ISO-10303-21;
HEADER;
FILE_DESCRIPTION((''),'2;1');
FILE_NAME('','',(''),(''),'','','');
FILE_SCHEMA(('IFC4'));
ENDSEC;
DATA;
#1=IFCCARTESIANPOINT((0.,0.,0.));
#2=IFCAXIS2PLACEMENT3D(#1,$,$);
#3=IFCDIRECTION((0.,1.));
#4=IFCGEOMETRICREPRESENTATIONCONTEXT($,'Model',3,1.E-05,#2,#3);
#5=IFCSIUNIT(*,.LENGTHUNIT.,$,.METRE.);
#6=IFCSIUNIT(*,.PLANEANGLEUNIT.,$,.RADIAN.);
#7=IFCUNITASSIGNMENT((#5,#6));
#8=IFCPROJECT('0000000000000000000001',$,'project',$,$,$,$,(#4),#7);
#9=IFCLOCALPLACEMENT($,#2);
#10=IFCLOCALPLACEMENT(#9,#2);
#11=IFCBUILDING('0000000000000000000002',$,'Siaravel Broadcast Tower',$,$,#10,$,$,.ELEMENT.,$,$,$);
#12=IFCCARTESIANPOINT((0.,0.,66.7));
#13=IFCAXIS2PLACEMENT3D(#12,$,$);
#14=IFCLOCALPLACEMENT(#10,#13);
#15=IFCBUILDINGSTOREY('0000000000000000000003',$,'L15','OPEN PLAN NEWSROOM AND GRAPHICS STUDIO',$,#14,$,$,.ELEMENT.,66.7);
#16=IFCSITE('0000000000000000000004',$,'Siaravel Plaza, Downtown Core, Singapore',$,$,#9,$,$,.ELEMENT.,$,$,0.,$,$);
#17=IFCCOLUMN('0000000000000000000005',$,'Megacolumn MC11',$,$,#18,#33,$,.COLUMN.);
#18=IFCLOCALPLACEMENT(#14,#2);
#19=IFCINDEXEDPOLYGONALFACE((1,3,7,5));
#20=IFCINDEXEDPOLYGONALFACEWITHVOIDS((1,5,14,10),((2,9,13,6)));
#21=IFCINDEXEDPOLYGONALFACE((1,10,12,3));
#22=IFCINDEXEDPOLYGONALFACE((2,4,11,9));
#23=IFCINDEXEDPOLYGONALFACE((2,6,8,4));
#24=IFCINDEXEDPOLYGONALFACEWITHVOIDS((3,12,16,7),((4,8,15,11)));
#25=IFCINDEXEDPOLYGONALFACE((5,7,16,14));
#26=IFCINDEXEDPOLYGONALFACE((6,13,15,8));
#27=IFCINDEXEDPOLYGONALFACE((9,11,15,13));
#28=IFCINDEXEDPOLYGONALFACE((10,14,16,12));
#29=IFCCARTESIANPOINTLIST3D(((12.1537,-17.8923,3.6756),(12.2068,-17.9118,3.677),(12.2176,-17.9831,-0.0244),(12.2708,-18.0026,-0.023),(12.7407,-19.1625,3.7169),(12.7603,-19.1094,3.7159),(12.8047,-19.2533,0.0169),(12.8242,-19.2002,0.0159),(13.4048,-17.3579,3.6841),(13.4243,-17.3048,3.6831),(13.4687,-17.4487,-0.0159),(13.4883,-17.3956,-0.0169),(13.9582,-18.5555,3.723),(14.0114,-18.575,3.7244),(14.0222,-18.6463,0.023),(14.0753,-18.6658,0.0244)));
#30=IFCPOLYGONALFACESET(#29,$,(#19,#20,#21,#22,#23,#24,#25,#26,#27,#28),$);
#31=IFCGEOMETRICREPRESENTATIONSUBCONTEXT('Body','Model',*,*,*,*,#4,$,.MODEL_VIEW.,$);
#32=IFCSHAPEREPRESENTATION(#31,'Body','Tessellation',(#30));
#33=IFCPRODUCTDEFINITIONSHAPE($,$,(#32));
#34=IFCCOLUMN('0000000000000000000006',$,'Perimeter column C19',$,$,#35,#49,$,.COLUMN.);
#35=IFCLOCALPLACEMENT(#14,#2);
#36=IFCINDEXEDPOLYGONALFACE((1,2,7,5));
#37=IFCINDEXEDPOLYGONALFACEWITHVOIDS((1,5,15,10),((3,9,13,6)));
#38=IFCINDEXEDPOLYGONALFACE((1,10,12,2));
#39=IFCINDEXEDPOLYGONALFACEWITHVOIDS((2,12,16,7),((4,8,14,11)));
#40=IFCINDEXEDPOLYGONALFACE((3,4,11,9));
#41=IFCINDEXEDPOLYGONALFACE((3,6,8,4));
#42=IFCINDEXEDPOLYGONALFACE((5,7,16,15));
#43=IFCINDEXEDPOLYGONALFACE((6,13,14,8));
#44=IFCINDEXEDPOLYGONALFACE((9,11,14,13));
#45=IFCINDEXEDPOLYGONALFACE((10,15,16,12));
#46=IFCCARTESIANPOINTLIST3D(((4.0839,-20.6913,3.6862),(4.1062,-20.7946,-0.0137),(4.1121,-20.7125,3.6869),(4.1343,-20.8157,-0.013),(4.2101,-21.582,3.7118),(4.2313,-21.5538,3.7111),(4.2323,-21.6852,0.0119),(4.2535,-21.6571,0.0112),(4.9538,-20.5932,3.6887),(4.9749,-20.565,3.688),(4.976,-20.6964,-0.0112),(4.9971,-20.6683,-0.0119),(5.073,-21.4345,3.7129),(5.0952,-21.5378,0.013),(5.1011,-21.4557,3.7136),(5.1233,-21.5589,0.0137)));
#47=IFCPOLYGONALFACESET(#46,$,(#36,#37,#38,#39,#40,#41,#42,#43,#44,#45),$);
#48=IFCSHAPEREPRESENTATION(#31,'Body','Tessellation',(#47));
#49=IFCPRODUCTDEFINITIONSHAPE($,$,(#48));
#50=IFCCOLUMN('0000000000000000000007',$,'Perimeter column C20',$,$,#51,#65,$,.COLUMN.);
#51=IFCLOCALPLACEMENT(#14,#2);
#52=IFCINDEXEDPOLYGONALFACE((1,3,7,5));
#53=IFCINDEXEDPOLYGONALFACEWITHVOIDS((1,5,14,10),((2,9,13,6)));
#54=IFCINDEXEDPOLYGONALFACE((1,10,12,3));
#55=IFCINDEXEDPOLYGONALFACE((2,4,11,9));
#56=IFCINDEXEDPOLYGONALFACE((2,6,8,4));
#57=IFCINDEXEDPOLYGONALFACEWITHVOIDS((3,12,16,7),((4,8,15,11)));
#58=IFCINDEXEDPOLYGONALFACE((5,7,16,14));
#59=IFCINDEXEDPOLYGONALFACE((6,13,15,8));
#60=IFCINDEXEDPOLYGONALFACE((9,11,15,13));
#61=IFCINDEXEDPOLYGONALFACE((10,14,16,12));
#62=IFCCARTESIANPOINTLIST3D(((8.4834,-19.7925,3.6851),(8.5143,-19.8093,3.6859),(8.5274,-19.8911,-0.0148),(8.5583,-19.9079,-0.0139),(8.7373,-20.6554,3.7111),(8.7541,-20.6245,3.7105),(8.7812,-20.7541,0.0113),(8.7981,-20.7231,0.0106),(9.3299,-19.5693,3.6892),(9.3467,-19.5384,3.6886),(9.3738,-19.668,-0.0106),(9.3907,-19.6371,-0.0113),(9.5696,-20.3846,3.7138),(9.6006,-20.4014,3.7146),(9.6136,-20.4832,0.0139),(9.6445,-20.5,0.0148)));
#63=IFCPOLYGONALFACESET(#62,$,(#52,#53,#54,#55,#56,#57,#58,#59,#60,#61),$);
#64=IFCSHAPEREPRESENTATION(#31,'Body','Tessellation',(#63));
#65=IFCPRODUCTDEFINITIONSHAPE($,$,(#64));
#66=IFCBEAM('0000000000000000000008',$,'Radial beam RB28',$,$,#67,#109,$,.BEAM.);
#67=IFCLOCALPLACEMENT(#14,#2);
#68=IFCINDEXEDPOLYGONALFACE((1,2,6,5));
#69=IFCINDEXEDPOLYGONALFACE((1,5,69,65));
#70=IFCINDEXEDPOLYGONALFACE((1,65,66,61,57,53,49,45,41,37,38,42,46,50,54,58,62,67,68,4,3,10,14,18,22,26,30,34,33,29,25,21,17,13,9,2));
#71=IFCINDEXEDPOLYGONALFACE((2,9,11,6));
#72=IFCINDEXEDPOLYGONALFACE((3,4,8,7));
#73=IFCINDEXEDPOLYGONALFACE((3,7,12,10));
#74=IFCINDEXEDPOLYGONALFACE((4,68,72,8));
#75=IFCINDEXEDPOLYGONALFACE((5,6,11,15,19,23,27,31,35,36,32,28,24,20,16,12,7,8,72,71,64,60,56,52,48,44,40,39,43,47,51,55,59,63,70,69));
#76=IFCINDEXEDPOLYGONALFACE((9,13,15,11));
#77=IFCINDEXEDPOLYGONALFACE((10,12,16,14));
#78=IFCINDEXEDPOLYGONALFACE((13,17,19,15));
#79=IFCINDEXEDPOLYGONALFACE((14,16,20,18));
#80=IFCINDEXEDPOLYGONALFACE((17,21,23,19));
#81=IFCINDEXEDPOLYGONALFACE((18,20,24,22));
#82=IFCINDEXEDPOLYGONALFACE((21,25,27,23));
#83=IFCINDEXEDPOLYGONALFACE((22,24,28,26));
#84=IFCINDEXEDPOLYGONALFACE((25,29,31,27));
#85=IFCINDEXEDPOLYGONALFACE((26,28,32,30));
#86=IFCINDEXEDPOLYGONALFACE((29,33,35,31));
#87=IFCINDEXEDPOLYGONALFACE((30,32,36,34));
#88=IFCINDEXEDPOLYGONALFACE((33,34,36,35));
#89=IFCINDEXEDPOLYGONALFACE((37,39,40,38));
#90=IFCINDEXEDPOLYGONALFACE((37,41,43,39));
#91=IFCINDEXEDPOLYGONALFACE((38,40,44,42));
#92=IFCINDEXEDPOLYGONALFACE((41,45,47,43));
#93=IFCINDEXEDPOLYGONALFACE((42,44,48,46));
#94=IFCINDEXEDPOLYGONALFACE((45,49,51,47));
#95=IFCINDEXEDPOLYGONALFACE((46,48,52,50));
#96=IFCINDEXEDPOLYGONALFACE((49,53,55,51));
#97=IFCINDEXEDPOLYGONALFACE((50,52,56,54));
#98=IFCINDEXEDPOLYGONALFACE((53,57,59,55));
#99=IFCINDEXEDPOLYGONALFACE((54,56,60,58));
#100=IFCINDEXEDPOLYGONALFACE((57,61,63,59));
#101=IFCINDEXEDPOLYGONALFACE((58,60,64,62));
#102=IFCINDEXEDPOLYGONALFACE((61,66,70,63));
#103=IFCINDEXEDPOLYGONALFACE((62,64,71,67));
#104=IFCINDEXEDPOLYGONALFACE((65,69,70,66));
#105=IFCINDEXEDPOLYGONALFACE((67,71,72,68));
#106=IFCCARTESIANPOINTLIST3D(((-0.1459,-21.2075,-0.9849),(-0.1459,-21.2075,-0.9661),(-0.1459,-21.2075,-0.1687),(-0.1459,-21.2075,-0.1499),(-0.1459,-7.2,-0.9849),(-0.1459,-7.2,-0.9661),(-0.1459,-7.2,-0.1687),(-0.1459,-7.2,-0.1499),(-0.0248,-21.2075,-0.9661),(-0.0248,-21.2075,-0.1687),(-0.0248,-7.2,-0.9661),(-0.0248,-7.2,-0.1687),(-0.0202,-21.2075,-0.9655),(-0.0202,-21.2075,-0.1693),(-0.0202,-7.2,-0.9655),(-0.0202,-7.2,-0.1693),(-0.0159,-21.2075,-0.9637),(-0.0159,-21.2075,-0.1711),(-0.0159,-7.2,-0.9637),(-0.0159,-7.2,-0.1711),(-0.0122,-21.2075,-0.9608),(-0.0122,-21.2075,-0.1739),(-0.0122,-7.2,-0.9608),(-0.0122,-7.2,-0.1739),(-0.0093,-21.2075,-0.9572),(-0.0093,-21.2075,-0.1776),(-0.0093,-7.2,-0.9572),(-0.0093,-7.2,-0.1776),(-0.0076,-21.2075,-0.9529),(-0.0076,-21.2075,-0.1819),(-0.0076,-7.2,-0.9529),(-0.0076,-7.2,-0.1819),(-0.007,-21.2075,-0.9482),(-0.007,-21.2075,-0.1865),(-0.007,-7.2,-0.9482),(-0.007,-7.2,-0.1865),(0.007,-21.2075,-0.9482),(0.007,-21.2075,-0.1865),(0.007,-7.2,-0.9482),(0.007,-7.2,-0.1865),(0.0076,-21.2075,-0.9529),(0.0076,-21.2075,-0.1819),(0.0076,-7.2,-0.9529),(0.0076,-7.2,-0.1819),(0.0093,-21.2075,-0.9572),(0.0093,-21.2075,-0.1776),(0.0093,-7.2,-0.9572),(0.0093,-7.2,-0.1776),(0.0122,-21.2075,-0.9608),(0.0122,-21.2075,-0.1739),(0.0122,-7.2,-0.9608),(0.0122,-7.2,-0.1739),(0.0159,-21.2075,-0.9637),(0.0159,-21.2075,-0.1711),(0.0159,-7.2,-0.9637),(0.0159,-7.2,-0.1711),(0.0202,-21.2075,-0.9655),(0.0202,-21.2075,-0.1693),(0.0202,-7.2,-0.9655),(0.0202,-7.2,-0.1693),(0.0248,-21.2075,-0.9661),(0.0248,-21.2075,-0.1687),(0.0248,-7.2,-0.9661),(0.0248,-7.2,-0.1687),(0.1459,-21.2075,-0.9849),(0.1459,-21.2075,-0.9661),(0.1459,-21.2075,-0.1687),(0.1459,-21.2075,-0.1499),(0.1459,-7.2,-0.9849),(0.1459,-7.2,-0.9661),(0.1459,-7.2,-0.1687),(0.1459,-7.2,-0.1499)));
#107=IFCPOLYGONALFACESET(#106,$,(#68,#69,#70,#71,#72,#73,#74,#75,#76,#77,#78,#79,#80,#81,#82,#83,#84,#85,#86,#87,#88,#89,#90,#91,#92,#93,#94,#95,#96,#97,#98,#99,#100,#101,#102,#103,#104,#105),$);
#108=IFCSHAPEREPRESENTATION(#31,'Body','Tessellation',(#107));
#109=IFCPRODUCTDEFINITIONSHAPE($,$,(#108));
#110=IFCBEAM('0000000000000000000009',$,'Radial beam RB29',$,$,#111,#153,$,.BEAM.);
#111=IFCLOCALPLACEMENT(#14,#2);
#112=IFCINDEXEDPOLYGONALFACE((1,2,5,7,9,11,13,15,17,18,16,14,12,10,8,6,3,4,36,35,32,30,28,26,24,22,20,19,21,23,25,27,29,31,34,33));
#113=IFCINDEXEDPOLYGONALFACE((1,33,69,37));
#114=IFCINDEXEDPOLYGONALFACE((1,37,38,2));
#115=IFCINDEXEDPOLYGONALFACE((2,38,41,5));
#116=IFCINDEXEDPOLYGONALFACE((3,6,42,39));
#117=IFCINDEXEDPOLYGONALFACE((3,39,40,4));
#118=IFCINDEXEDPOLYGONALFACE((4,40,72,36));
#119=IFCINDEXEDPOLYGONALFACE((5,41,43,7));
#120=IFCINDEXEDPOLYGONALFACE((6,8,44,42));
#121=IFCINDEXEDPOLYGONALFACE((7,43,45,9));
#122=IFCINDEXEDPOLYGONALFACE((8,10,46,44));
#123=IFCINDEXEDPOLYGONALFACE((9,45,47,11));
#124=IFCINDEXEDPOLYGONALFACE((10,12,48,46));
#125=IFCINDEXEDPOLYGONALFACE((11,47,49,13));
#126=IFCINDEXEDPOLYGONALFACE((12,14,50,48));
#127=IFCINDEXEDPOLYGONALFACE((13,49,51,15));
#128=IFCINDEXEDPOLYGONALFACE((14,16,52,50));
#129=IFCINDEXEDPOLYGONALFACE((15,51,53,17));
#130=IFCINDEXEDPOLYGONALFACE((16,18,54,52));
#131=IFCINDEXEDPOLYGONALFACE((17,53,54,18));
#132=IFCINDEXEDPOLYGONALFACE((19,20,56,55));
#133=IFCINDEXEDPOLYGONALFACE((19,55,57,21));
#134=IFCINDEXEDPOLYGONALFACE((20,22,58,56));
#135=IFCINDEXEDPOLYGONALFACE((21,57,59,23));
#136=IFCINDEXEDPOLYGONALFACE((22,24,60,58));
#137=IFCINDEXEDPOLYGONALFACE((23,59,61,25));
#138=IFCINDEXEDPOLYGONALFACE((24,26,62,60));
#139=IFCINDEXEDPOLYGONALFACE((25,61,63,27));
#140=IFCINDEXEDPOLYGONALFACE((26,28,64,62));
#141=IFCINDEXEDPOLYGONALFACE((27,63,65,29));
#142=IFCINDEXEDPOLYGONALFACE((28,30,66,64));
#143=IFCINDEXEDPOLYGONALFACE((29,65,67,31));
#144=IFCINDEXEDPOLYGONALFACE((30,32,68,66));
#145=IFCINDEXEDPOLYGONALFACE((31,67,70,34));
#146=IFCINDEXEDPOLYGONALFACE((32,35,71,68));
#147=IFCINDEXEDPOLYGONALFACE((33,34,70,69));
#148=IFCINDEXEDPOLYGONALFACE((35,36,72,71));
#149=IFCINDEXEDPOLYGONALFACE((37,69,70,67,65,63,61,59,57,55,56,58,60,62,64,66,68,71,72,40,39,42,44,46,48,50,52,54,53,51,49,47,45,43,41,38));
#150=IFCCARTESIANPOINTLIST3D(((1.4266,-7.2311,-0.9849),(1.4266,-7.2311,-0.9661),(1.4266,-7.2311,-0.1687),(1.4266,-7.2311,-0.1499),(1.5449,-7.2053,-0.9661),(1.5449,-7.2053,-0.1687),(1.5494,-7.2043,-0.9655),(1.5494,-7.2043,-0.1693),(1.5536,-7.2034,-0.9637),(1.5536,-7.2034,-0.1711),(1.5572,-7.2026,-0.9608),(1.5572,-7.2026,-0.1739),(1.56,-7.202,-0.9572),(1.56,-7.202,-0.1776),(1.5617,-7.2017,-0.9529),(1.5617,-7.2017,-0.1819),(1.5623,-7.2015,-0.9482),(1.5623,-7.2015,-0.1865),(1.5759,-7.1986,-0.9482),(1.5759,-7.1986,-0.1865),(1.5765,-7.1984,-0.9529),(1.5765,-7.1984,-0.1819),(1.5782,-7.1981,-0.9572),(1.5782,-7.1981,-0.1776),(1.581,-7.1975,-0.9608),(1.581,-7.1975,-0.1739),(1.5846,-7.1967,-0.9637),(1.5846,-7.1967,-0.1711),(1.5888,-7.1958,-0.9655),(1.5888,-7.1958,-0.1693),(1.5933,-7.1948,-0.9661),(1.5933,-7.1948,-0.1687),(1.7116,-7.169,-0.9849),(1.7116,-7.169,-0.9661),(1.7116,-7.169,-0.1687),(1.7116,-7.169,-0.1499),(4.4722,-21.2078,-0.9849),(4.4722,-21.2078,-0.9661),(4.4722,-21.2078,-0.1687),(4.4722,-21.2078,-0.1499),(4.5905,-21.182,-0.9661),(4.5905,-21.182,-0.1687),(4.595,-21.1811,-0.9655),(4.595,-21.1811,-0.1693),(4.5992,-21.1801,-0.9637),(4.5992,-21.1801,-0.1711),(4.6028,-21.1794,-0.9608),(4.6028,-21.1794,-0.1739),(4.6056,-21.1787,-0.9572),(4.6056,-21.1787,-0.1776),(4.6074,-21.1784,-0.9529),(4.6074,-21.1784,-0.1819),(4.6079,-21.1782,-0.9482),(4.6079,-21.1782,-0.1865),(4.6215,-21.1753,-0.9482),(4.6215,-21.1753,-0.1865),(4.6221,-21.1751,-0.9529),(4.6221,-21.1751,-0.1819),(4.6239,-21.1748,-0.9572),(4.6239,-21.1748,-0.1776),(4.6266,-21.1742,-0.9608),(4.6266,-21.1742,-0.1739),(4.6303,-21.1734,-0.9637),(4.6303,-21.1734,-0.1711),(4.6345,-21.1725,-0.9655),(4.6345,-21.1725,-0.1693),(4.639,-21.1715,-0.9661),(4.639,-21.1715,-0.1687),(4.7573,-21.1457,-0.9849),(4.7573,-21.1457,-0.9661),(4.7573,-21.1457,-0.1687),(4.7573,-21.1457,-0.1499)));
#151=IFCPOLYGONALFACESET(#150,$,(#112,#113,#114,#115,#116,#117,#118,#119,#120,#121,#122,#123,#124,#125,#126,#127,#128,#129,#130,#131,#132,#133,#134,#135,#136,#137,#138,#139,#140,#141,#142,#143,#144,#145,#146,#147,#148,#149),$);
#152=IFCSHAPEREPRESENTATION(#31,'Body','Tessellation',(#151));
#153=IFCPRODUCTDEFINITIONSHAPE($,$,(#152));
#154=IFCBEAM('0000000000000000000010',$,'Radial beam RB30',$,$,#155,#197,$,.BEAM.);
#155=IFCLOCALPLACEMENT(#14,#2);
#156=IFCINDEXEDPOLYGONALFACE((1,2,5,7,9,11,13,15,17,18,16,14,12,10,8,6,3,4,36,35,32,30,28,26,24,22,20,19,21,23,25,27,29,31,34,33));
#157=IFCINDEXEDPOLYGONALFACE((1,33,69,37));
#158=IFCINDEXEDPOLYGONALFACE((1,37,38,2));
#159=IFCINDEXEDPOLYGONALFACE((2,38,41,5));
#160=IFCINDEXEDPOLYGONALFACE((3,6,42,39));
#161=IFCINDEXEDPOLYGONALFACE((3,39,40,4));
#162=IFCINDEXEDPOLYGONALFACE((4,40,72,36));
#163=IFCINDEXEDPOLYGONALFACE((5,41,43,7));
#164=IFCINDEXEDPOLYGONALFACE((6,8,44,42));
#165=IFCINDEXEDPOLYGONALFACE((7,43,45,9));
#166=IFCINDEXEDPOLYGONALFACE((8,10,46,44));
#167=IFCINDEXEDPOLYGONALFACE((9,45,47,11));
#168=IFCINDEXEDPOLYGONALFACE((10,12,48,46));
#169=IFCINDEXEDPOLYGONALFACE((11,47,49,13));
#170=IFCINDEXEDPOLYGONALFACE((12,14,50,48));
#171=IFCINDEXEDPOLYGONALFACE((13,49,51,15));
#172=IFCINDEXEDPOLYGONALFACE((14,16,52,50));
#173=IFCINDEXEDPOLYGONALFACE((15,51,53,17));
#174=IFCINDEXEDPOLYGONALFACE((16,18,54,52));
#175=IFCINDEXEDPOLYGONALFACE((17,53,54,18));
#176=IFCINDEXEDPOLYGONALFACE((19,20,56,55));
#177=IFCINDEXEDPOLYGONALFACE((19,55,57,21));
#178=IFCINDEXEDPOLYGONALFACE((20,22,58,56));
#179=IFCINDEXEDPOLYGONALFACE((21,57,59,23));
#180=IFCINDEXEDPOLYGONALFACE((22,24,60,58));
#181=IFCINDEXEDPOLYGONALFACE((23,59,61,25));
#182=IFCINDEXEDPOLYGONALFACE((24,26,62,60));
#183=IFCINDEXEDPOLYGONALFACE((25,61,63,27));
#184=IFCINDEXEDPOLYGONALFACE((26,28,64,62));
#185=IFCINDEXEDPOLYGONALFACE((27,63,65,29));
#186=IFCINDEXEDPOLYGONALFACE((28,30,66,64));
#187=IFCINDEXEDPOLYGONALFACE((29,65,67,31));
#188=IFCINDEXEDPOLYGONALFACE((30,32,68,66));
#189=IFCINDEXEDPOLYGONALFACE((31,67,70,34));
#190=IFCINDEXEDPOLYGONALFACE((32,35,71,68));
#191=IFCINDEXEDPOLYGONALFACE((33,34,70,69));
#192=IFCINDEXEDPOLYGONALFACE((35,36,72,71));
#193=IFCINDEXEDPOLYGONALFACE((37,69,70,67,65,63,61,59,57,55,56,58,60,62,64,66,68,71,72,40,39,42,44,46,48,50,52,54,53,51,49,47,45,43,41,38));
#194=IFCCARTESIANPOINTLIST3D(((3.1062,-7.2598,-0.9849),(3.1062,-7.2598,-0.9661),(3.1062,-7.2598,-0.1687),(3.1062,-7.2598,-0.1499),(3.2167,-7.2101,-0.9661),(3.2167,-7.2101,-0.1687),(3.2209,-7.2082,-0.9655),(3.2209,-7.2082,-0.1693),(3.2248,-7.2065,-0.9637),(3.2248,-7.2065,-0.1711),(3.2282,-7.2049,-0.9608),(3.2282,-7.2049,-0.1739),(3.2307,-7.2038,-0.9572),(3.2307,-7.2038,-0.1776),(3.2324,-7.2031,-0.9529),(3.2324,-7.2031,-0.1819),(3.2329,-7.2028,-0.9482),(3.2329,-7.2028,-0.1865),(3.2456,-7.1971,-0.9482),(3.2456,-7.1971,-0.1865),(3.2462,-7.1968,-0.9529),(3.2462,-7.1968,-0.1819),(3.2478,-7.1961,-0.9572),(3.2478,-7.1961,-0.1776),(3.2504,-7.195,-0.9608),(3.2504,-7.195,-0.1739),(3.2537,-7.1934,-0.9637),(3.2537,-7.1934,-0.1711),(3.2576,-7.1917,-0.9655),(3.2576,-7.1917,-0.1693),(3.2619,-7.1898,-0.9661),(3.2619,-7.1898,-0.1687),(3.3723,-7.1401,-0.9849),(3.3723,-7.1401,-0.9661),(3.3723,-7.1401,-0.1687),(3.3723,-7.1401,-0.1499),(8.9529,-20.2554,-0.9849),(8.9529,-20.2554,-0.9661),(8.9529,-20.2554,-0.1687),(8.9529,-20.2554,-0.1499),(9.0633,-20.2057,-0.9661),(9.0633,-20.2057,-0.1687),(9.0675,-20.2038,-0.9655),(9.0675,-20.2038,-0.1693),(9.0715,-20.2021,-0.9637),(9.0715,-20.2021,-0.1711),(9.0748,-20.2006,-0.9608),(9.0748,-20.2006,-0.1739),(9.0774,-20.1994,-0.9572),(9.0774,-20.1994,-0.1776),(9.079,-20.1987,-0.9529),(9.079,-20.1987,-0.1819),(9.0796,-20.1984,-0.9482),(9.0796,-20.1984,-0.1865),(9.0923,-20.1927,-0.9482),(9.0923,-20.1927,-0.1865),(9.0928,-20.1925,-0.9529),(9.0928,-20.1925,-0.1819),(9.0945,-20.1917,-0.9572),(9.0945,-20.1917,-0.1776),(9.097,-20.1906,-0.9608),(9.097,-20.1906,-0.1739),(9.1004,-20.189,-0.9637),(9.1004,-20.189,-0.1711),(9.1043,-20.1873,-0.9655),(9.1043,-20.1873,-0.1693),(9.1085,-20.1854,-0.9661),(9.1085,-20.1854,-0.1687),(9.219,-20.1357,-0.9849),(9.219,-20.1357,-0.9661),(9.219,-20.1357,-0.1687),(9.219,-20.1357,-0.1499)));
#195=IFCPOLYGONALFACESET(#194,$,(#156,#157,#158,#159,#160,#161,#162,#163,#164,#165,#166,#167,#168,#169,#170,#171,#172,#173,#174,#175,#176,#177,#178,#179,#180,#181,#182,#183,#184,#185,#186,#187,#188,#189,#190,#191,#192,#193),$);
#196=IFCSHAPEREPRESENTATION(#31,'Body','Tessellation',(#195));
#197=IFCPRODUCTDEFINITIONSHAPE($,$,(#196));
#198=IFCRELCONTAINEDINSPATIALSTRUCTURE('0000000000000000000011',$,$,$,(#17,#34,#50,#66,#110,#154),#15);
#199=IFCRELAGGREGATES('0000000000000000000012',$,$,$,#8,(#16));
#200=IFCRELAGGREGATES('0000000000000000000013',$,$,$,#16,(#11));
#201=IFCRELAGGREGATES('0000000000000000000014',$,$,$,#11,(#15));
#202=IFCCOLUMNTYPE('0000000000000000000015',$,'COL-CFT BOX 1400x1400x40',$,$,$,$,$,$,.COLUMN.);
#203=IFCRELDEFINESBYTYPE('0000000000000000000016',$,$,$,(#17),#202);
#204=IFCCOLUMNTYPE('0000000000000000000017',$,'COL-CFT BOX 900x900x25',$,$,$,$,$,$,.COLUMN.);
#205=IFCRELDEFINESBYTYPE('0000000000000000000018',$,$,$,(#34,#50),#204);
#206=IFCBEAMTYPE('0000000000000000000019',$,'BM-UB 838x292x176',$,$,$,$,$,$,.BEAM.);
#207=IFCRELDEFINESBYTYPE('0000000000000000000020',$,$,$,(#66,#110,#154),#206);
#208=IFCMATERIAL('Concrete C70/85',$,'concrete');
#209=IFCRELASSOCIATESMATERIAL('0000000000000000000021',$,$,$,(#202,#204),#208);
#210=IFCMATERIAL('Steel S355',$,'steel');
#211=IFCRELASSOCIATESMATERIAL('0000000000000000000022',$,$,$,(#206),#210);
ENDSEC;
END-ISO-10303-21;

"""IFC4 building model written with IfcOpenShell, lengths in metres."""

from ifc_helpers import new_model, si_unit, direction, frame, origin, origin_2d, place, context, subcontext, project, spatial, hollow_rectangle, i_section, extrude, material, material_profile, profile_set, type_object, element, save


model = new_model("IFC4")

# Units and contexts
model_context = context("Model", 3, precision=1e-05, world=origin(), true_north=direction((0.0, 1.0)))
body_context = subcontext(model_context, "Body", "Model", "MODEL_VIEW")
ifc_project = project(units=[si_unit("LENGTHUNIT", "METRE"), si_unit("PLANEANGLEUNIT", "RADIAN")], contexts=[model_context])

# Site, building, storey
site_placement = place(None, origin())
site = spatial("IfcSite", under=ifc_project, at=site_placement, Name="Siaravel Plaza, Downtown Core, Singapore", CompositionType="ELEMENT", RefElevation=0.0)
building_placement = place(site_placement, origin())
building = spatial("IfcBuilding", under=site, at=building_placement, Name="Siaravel Broadcast Tower", CompositionType="ELEMENT")
storey_placement = place(building_placement, frame((0.0, 0.0, 66.7)))
storey = spatial("IfcBuildingStorey", under=building, at=storey_placement, Name="L15", Description="OPEN PLAN NEWSROOM AND GRAPHICS STUDIO", CompositionType="ELEMENT", Elevation=66.7)

# Columns
ifc_material_1 = material(Name="Concrete C70/85", Category="concrete")
ifc_material_profile_1 = material_profile(ifc_material_1, hollow_rectangle(XDim=1.3999, YDim=1.3999, WallThickness=0.04, at=origin_2d()))
ifc_profile_set_1 = profile_set([ifc_material_profile_1], Name="Concrete C70/85")
column_type_1 = type_object("IfcColumnType", Name="COL-CFT BOX 1400x1400x40", PredefinedType="COLUMN", material=ifc_profile_set_1)
column_placement = place(storey_placement, frame((13.1465, -18.3245, 0.0), z_axis=(-0.01728, 0.024535, 0.99955), x_axis=(-0.907657, -0.419678, -0.00539)))
element("IfcColumn", 1, at=column_placement, inside=storey, type_object=column_type_1, Name="Megacolumn MC11", PredefinedType="COLUMN", context=body_context, shape_type="SweptSolid", body=[
    extrude(hollow_rectangle(XDim=1.3999, YDim=1.3999, WallThickness=0.04, at=origin_2d()), origin(), (0.0, 0.0, 1.0), 3.7017),
])
ifc_material_profile_2 = material_profile(ifc_material_1, hollow_rectangle(XDim=0.8999, YDim=0.8999, WallThickness=0.0249, at=origin_2d()))
ifc_profile_set_2 = profile_set([ifc_material_profile_2], Name="Concrete C70/85")
column_type_2 = type_object("IfcColumnType", Name="COL-CFT BOX 900x900x25", PredefinedType="COLUMN", material=ifc_profile_set_2)
for number, where, z_axis, x_axis, name in (
    (2, (4.6147, -21.1768, 0.0), (-0.006002, 0.0279, 0.999593), (-0.990101, -0.140342, -0.002028), "Perimeter column C19"),
    (3, (9.0859, -20.1956, 0.0), (-0.011872, 0.026647, 0.999574), (-0.959325, -0.282278, -0.003869), "Perimeter column C20"),
):
    element("IfcColumn", number, at=place(storey_placement, frame(where, z_axis=z_axis, x_axis=x_axis)), inside=storey, type_object=column_type_2, Name=name, PredefinedType="COLUMN", context=body_context, shape_type="SweptSolid", body=[
        extrude(hollow_rectangle(XDim=0.8999, YDim=0.8999, WallThickness=0.0249, at=origin_2d()), origin(), (0.0, 0.0, 1.0), 3.7014),
    ])

# Beams
ifc_material_2 = material(Name="Steel S355", Category="steel")
ifc_material_profile_3 = material_profile(ifc_material_2, i_section(OverallWidth=0.2917, OverallDepth=0.835, WebThickness=0.0139, FlangeThickness=0.0188, FilletRadius=0.0178, at=origin_2d()))
ifc_profile_set_3 = profile_set([ifc_material_profile_3], Name="Steel S355")
beam_type = type_object("IfcBeamType", Name="BM-UB 838x292x176", PredefinedType="BEAM", material=ifc_profile_set_3)
beam_1_placement = place(storey_placement, frame((0.0, -21.2075, -0.5674), z_axis=(0.0, 1.0, 0.0), x_axis=(-1.0, 0.0, 0.0)))
element("IfcBeam", 4, at=beam_1_placement, inside=storey, type_object=beam_type, Name="Radial beam RB28", PredefinedType="BEAM", context=body_context, shape_type="SweptSolid", body=[
    extrude(i_section(OverallWidth=0.2917, OverallDepth=0.835, WebThickness=0.0139, FlangeThickness=0.0188, FilletRadius=0.0178, at=origin_2d()), origin(), (0.0, 0.0, 1.0), 14.0076),
])
beam_2_placement = place(storey_placement, frame((4.6147, -21.1768, -0.5674), z_axis=(-0.212911, 0.977072, 0.0), x_axis=(-0.977072, -0.212911, 0.0)))
element("IfcBeam", 5, at=beam_2_placement, inside=storey, type_object=beam_type, Name="Radial beam RB29", PredefinedType="BEAM", context=body_context, shape_type="SweptSolid", body=[
    extrude(i_section(OverallWidth=0.2917, OverallDepth=0.835, WebThickness=0.0139, FlangeThickness=0.0188, FilletRadius=0.0178, at=origin_2d()), origin(), (0.0, 0.0, 1.0), 14.3047),
])
beam_3_placement = place(storey_placement, frame((9.0859, -20.1956, -0.5674), z_axis=(-0.410286, 0.911957, 0.0), x_axis=(-0.911957, -0.410286, 0.0)))
element("IfcBeam", 6, at=beam_3_placement, inside=storey, type_object=beam_type, Name="Radial beam RB30", PredefinedType="BEAM", context=body_context, shape_type="SweptSolid", body=[
    extrude(i_section(OverallWidth=0.2917, OverallDepth=0.835, WebThickness=0.0139, FlangeThickness=0.0188, FilletRadius=0.0178, at=origin_2d()), origin(), (0.0, 0.0, 1.0), 14.2502),
])

save(model, "model.ifc")
